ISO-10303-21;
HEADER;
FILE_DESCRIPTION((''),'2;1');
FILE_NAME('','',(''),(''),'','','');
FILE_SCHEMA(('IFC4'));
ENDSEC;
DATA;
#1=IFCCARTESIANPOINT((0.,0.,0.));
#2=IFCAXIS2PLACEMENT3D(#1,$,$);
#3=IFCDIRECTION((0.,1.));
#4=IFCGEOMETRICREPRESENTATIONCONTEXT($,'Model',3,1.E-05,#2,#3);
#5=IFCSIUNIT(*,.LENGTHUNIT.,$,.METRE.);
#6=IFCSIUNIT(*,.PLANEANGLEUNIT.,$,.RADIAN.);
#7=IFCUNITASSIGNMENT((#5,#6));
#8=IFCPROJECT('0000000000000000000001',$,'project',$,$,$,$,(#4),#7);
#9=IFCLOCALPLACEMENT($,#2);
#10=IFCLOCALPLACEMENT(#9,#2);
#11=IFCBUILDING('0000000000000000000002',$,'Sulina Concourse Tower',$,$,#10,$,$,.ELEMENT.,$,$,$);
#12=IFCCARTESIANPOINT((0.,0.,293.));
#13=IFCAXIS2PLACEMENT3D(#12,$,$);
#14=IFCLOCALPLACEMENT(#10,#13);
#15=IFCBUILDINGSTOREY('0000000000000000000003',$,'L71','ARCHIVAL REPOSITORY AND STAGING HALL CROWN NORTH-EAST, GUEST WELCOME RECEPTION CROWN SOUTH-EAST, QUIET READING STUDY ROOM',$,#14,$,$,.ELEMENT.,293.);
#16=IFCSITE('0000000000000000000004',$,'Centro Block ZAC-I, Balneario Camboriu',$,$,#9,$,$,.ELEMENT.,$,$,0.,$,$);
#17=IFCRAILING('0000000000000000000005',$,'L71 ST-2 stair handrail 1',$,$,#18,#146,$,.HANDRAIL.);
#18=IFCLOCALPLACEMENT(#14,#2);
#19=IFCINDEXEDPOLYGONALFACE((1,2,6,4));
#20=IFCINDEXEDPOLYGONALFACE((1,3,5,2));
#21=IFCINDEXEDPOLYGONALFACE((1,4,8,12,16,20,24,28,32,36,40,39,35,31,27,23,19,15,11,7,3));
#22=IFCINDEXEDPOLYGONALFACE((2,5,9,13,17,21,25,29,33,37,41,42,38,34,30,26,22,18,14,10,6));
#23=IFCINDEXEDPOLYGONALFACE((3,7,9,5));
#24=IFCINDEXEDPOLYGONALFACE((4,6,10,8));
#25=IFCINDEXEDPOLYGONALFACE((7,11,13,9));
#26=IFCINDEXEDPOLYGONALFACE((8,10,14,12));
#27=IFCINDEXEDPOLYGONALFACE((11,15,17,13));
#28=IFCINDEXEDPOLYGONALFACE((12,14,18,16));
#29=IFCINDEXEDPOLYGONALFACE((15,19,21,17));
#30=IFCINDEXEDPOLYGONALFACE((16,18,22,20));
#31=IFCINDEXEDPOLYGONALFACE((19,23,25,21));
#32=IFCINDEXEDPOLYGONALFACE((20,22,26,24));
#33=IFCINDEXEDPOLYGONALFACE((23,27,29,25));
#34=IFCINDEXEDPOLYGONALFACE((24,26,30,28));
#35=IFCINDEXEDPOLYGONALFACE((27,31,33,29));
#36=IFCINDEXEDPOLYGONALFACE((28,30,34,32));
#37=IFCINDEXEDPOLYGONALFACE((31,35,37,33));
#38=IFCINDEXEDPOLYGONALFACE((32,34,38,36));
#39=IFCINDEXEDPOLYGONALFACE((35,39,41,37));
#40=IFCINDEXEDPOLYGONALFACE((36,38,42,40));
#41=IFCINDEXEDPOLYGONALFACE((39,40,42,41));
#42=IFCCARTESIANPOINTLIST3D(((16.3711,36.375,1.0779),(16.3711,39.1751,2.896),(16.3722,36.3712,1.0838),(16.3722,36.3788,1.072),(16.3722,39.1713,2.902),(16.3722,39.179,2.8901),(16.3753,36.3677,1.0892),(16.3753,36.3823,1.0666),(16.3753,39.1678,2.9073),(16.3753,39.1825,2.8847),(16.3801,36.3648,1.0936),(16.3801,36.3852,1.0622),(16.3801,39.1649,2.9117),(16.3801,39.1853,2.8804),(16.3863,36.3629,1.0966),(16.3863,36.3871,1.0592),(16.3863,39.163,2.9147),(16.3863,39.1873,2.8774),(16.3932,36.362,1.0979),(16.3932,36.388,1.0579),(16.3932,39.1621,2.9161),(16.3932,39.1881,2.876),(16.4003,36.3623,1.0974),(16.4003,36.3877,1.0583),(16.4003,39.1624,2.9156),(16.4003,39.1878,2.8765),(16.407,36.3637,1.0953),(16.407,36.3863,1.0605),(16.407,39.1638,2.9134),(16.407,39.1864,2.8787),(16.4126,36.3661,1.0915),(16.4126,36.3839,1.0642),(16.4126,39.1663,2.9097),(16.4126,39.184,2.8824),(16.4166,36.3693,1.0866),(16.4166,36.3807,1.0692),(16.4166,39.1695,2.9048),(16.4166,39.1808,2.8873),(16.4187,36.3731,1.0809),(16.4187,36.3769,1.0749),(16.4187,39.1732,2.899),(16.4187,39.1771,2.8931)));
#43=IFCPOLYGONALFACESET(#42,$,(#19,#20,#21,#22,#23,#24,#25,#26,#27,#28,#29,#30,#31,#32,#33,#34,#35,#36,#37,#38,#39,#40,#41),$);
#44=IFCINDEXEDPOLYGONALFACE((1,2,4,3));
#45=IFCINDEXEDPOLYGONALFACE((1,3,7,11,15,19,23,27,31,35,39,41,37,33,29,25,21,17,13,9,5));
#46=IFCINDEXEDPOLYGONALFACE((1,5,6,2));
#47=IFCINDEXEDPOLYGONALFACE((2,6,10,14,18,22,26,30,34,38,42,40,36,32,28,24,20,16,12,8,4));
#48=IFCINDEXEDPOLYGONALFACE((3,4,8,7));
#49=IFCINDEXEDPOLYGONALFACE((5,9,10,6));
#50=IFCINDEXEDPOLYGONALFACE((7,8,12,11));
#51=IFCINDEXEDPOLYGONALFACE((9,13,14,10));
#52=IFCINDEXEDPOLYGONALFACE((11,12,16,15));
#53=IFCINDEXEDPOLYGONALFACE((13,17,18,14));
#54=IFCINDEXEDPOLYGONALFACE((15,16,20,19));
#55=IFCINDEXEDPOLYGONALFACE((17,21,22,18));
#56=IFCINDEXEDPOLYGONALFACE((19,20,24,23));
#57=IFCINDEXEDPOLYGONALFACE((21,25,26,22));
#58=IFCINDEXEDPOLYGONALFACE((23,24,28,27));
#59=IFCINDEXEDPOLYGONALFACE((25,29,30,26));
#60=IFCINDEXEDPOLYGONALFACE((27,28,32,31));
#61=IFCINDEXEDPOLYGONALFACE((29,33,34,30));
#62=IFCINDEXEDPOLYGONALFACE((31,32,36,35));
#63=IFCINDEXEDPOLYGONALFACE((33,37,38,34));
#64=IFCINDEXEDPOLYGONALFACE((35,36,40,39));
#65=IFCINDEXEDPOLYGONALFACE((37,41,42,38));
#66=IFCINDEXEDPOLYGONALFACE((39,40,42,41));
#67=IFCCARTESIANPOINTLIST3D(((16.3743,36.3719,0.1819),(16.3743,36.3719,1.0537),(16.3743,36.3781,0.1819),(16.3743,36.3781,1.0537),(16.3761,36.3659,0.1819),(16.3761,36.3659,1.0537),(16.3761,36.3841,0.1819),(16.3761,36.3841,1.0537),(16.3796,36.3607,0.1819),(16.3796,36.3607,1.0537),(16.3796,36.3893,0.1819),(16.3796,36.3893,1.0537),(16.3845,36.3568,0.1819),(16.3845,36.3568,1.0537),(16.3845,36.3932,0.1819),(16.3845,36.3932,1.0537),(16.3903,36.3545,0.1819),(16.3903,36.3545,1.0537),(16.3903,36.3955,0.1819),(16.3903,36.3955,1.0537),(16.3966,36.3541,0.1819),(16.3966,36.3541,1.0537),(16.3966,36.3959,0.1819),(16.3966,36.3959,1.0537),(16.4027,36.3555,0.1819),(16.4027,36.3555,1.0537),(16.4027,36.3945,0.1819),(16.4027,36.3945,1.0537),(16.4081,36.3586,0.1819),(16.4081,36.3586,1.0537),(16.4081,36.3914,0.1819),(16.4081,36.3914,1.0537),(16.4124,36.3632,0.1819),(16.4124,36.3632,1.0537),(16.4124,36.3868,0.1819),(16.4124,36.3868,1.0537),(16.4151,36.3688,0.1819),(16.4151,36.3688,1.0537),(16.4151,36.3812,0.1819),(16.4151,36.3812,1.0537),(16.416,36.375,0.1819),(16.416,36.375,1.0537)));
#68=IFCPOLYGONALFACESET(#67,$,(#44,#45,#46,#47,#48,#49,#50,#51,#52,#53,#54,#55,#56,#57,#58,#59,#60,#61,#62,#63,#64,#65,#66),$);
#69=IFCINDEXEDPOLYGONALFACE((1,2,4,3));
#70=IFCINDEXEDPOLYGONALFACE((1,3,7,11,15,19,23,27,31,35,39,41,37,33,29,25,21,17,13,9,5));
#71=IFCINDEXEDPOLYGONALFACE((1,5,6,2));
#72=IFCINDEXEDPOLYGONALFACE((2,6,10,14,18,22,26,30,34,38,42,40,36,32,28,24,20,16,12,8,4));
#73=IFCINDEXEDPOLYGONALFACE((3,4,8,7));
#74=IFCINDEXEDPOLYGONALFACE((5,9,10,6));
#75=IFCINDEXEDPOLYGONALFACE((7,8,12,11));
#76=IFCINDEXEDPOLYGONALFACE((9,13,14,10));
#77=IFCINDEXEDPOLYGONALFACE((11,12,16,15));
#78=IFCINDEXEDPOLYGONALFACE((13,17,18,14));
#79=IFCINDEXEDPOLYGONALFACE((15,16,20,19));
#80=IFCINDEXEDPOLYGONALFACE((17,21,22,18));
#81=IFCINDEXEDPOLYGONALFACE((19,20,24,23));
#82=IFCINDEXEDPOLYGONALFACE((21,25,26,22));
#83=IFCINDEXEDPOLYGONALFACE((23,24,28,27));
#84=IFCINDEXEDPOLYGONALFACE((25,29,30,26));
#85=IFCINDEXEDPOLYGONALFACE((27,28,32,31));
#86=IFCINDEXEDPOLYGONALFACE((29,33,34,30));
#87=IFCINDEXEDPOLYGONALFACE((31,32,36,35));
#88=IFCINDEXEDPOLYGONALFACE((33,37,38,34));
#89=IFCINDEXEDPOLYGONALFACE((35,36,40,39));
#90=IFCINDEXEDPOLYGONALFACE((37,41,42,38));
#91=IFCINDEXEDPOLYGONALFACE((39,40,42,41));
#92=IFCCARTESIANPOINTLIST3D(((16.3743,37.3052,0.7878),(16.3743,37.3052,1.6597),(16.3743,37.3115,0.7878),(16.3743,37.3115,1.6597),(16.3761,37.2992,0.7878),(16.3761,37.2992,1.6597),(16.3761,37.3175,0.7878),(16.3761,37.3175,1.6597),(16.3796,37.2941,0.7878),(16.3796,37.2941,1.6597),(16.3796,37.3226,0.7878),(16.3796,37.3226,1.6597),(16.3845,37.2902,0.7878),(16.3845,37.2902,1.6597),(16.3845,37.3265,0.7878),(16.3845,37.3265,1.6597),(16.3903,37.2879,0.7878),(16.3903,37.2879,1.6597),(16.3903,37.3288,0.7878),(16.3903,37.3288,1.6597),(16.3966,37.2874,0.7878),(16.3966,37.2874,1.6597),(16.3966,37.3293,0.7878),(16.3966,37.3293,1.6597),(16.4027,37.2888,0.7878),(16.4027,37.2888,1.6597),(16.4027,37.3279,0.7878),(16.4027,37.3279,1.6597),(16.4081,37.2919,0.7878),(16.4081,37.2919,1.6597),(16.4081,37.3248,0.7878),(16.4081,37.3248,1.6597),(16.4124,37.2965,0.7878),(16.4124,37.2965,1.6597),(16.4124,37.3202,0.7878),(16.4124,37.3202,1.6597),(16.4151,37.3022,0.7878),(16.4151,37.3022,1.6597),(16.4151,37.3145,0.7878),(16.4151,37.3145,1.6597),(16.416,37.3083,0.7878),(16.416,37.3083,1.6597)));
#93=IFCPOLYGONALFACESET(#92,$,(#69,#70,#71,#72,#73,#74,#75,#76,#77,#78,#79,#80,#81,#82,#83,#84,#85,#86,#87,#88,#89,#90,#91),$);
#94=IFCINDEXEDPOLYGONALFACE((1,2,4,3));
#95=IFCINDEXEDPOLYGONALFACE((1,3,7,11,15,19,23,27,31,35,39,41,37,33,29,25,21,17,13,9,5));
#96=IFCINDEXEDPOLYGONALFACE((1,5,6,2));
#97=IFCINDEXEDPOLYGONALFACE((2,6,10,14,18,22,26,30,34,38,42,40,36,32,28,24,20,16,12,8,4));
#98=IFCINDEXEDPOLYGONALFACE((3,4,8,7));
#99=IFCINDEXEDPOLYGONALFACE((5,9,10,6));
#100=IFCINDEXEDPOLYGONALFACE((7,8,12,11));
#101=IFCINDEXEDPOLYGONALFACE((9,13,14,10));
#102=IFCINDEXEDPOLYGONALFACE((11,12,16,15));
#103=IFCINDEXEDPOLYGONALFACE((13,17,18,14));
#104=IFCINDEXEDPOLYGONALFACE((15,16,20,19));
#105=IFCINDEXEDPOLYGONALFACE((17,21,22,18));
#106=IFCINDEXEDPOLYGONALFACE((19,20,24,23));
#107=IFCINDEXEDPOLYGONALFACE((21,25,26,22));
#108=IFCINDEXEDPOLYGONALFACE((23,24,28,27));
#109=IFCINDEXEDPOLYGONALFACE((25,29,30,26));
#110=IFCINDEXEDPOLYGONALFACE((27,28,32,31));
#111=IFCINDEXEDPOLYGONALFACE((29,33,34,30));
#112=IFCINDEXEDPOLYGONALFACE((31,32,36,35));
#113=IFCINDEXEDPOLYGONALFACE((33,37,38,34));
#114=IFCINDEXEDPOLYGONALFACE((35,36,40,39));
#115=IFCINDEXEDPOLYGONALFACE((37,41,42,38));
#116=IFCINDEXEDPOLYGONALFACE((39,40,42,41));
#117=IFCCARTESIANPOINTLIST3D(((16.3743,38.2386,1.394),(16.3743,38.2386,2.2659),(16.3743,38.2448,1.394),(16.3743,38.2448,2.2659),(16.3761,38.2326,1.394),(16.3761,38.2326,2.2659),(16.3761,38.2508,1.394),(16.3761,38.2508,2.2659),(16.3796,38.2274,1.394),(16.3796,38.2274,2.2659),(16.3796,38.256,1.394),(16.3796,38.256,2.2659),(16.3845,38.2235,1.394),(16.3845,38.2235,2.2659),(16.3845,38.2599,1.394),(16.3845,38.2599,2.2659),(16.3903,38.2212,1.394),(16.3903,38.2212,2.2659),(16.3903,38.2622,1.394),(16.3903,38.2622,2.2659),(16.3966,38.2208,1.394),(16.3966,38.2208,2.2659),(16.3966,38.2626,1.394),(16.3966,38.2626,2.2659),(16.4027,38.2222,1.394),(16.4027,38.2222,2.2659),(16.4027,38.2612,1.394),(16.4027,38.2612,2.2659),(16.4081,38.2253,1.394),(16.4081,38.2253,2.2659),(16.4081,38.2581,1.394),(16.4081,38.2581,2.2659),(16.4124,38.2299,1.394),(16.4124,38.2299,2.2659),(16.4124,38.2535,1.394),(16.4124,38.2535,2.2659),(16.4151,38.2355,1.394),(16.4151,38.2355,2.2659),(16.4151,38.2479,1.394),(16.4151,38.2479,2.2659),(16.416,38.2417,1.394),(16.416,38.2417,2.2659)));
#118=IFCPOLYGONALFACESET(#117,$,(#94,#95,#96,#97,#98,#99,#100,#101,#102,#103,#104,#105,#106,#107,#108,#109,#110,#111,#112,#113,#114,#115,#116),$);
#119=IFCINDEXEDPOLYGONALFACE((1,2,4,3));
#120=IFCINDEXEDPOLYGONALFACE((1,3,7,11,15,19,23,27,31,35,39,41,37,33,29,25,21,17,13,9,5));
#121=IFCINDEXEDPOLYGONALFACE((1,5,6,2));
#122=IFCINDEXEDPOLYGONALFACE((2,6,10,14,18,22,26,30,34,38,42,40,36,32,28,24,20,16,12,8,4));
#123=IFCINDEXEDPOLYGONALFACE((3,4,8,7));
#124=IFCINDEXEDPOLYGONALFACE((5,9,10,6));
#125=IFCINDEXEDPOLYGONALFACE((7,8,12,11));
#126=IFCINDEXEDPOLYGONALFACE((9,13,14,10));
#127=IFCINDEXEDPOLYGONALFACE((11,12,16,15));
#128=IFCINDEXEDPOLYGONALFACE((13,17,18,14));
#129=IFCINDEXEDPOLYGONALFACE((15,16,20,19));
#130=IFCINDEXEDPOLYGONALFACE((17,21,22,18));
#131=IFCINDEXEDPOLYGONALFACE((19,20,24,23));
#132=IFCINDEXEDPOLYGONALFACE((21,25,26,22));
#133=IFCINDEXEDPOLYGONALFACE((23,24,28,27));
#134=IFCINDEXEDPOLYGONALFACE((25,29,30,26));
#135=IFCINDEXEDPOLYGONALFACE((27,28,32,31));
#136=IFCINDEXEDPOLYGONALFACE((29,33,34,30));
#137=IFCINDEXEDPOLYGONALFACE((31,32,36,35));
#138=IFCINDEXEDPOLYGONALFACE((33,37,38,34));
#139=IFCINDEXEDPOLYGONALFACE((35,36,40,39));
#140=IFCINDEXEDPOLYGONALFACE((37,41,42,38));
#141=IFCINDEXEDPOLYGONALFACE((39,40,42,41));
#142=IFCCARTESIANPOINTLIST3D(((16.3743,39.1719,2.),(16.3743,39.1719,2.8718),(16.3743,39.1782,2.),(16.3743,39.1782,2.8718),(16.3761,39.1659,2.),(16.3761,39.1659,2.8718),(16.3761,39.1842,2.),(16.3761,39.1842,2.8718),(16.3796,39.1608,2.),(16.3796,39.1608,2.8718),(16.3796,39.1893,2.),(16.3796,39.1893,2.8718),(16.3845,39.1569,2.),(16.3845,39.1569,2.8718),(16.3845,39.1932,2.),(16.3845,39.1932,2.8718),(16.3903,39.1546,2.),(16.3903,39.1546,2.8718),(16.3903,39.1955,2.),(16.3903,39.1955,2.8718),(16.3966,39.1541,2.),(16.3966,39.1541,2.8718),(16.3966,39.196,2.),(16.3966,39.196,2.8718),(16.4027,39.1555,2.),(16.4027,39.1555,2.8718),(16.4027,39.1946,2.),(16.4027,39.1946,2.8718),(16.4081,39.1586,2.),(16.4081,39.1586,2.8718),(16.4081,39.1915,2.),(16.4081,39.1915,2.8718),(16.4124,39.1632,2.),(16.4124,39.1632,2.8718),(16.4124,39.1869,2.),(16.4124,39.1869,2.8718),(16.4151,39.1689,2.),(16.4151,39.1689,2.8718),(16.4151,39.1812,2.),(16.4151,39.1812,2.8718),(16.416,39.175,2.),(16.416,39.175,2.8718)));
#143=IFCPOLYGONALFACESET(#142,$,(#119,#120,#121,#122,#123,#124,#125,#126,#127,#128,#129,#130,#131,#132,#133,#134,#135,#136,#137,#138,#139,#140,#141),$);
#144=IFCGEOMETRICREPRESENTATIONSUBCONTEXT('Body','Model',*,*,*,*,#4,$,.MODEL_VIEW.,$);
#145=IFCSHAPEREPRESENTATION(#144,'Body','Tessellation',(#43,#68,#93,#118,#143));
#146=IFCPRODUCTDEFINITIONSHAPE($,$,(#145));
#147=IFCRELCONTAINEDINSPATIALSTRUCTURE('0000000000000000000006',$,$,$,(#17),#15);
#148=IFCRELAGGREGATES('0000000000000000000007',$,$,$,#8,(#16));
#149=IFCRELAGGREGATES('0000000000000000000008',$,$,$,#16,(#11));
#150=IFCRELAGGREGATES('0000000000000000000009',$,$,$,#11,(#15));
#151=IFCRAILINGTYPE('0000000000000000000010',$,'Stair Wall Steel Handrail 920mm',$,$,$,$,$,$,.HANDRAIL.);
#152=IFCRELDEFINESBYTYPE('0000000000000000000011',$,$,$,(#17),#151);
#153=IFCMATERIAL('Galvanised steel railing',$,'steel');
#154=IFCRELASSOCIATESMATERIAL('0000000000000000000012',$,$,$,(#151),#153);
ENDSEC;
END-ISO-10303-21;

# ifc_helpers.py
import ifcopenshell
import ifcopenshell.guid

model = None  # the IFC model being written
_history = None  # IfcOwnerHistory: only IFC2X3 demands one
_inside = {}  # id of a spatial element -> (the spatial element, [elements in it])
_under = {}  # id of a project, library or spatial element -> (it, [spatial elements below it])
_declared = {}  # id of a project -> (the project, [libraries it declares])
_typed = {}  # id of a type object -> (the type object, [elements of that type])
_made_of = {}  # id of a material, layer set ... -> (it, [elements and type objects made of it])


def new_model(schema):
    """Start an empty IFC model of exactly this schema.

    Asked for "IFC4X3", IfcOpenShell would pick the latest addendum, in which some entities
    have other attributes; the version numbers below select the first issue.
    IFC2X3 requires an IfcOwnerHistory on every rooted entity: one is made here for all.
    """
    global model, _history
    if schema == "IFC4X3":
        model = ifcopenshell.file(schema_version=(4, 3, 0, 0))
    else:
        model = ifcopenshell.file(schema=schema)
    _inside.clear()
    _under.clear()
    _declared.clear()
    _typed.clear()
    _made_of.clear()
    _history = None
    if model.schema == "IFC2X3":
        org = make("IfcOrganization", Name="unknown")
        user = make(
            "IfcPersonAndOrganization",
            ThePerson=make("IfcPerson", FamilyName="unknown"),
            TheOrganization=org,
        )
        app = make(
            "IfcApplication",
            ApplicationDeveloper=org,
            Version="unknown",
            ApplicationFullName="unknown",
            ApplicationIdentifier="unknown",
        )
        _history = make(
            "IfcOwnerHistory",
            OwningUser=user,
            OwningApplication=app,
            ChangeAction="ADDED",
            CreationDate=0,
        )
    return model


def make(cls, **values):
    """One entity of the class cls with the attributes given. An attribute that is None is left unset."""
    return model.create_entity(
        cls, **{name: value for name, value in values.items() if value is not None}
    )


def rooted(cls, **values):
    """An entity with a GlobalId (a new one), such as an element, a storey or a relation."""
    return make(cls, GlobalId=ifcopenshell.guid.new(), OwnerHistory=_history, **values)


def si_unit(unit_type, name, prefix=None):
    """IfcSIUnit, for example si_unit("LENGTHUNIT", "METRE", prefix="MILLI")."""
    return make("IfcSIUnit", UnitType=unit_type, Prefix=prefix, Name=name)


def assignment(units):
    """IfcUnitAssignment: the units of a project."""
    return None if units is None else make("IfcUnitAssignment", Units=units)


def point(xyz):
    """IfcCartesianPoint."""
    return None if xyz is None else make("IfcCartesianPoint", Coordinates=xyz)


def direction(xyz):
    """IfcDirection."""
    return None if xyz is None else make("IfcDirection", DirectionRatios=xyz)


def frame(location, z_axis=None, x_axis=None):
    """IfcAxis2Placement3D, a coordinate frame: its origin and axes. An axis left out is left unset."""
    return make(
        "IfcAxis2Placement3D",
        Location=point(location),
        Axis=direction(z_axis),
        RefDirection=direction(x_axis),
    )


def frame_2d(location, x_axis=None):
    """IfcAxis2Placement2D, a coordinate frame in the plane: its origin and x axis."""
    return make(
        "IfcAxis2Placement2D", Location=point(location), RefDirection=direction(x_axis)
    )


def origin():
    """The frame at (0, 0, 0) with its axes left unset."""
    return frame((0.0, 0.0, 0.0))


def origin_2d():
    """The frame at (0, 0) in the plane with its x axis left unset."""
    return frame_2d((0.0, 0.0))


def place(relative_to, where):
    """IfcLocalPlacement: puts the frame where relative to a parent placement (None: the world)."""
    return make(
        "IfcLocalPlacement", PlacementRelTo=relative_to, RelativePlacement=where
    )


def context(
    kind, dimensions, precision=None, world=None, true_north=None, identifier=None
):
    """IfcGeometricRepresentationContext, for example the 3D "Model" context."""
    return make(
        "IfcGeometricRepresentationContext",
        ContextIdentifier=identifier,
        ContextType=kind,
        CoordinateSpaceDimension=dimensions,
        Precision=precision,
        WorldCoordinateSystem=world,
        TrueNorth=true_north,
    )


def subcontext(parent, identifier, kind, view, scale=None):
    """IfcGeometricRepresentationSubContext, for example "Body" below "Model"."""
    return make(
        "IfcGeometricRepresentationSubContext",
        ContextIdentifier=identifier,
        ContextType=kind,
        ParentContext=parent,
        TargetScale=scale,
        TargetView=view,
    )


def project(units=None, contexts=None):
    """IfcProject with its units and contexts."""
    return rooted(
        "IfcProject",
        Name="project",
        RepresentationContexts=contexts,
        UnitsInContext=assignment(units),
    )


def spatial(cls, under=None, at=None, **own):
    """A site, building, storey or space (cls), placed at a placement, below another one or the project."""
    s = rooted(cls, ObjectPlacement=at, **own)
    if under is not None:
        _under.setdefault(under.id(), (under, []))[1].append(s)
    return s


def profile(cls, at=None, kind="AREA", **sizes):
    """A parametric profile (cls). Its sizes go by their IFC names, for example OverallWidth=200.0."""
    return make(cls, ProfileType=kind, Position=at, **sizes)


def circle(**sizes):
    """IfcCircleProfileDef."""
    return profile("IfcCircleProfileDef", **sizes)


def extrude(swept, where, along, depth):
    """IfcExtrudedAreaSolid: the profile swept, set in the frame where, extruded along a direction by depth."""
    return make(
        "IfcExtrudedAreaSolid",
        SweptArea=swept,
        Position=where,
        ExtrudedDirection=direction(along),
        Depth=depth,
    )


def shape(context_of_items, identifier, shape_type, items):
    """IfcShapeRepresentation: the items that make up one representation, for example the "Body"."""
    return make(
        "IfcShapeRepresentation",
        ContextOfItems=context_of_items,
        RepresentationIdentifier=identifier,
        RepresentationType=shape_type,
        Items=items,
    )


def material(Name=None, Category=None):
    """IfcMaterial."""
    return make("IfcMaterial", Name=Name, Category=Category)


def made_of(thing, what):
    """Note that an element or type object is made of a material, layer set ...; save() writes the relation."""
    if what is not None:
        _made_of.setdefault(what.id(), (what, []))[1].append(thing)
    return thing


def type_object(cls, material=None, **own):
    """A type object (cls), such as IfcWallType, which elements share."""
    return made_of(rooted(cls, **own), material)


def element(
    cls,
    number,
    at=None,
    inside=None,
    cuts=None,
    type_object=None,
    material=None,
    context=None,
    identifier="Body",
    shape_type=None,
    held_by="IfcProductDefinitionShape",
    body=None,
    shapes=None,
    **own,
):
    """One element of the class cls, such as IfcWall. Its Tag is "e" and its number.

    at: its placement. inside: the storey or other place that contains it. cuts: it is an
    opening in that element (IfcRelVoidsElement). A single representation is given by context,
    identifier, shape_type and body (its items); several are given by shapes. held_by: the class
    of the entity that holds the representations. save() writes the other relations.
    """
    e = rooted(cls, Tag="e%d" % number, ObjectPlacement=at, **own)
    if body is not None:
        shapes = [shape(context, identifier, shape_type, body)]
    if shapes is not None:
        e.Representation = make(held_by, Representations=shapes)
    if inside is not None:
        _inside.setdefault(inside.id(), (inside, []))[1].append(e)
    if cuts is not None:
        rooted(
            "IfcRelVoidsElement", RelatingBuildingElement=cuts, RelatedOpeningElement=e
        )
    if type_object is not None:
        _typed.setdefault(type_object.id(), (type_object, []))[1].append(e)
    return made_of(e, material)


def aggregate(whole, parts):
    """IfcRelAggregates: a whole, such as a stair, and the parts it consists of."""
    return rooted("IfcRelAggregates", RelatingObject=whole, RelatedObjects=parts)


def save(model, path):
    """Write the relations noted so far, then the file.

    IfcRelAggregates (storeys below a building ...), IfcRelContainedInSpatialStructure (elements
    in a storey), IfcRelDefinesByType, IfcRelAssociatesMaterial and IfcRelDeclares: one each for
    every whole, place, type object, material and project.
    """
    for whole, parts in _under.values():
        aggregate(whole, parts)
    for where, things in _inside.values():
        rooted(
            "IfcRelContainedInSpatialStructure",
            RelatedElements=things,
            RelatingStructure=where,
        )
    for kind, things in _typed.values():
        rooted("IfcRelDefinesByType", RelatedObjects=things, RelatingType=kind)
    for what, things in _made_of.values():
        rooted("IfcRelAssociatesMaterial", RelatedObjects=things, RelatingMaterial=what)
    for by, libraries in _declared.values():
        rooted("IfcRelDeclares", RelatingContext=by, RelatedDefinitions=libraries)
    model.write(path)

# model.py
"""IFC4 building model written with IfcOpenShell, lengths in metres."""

from ifc_helpers import new_model, si_unit, direction, frame, origin, origin_2d, place, context, subcontext, project, spatial, circle, extrude, material, type_object, element, save


model = new_model("IFC4")

# Units and contexts
model_context = context("Model", 3, precision=1e-05, world=origin(), true_north=direction((0.0, 1.0)))
body_context = subcontext(model_context, "Body", "Model", "MODEL_VIEW")
ifc_project = project(units=[si_unit("LENGTHUNIT", "METRE"), si_unit("PLANEANGLEUNIT", "RADIAN")], contexts=[model_context])

# Site, building, storey
site_placement = place(None, origin())
site = spatial("IfcSite", under=ifc_project, at=site_placement, Name="Centro Block ZAC-I, Balneario Camboriu", CompositionType="ELEMENT", RefElevation=0.0)
building_placement = place(site_placement, origin())
building = spatial("IfcBuilding", under=site, at=building_placement, Name="Sulina Concourse Tower", CompositionType="ELEMENT")
storey_placement = place(building_placement, frame((0.0, 0.0, 293.0)))
storey = spatial("IfcBuildingStorey", under=building, at=storey_placement, Name="L71", Description="ARCHIVAL REPOSITORY AND STAGING HALL CROWN NORTH-EAST, GUEST WELCOME RECEPTION CROWN SOUTH-EAST, QUIET READING STUDY ROOM", CompositionType="ELEMENT", Elevation=293.0)

# Railing
ifc_material_1 = material(Name="Galvanised steel railing", Category="steel")
railing_type_1 = type_object("IfcRailingType", Name="Stair Wall Steel Handrail 920mm", PredefinedType="HANDRAIL", material=ifc_material_1)
railing_1_placement = place(storey_placement, frame((16.395, 36.375, 0.1819)))
element("IfcRailing", 1, at=railing_1_placement, inside=storey, type_object=railing_type_1, Name="L71 ST-2 stair handrail 1", PredefinedType="HANDRAIL", context=body_context, shape_type="SweptSolid", body=[
    extrude(circle(Radius=0.0239, at=origin_2d()), frame((0.0, 0.0, 0.896), z_axis=(0.0, 0.838706, 0.544585), x_axis=(-1.0, 0.0, 0.0)), (0.0, 0.0, 1.0), 3.3386),
    extrude(circle(Radius=0.021, at=origin_2d()), origin(), (0.0, 0.0, 1.0), 0.8718),
    extrude(circle(Radius=0.021, at=origin_2d()), frame((0.0, 0.9333, 0.606)), (0.0, 0.0, 1.0), 0.8718),
    extrude(circle(Radius=0.021, at=origin_2d()), frame((0.0, 1.8667, 1.2122)), (0.0, 0.0, 1.0), 0.8718),
    extrude(circle(Radius=0.021, at=origin_2d()), frame((0.0, 2.8, 1.8181)), (0.0, 0.0, 1.0), 0.8718),
])

save(model, "model.ifc")
